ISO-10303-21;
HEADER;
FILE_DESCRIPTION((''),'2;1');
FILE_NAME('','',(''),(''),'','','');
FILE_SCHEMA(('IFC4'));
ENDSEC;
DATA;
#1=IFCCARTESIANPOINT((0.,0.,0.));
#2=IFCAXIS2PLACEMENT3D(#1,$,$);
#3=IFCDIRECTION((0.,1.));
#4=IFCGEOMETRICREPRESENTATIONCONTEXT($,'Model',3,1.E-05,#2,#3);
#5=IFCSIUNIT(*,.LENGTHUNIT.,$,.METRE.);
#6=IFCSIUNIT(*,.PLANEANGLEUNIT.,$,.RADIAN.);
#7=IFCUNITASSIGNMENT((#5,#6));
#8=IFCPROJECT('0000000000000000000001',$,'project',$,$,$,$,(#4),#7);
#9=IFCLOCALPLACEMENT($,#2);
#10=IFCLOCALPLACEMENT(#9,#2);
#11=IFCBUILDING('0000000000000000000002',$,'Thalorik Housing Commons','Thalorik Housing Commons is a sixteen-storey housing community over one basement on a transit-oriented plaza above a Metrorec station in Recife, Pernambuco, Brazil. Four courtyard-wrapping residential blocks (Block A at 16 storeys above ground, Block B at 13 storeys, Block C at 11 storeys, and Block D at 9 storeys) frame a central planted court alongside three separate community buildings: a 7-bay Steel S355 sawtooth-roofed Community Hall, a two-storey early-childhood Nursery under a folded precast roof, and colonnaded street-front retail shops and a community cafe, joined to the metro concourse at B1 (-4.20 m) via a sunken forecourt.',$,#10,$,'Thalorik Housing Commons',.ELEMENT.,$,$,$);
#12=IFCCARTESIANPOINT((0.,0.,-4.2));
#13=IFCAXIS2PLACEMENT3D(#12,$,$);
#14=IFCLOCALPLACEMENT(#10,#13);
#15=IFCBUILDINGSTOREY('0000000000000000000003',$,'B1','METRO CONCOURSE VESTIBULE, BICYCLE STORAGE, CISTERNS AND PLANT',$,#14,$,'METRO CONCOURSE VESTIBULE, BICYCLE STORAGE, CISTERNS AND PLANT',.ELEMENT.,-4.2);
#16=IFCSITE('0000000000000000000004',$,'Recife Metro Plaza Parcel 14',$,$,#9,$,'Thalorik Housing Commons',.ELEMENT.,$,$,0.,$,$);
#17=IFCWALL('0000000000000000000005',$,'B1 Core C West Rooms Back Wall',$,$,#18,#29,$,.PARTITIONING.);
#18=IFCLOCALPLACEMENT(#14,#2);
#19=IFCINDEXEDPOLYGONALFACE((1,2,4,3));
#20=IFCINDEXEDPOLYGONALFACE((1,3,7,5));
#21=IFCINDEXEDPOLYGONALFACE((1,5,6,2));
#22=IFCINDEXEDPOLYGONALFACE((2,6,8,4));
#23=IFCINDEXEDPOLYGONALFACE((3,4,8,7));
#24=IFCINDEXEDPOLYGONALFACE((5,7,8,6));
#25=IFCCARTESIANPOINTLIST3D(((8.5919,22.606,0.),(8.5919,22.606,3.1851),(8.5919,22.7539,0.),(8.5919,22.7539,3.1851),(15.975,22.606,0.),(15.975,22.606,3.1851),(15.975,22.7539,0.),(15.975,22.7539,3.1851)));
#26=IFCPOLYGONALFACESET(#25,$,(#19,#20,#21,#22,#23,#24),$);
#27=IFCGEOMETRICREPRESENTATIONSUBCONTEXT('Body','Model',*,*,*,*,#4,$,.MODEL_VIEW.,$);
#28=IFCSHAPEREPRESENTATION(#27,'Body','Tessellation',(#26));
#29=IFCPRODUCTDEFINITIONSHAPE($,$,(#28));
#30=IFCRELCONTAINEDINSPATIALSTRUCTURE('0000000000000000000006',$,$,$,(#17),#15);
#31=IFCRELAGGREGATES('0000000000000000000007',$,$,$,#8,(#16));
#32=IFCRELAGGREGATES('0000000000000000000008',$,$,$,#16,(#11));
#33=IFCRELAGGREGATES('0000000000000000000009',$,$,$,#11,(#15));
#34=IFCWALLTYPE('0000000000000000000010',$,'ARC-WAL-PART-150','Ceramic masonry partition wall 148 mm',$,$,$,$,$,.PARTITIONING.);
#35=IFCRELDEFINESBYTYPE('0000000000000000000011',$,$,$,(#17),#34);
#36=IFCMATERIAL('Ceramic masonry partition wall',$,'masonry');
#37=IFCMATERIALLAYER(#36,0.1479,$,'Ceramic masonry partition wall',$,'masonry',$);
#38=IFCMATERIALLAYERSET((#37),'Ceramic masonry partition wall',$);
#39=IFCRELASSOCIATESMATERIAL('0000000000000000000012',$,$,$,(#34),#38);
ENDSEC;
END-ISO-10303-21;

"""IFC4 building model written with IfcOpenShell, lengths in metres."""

from ifc_helpers import new_model, si_unit, direction, frame, frame_2d, origin, place, context, subcontext, project, spatial, rectangle, extrude, material, layer, layer_set, type_object, element, save


model = new_model("IFC4")

# Units and contexts
model_context = context("Model", 3, precision=1e-05, world=origin(), true_north=direction((0.0, 1.0)))
body_context = subcontext(model_context, "Body", "Model", "MODEL_VIEW")
ifc_project = project(units=[si_unit("LENGTHUNIT", "METRE"), si_unit("PLANEANGLEUNIT", "RADIAN")], contexts=[model_context])

# Site, building, storey
site_placement = place(None, origin())
site = spatial("IfcSite", under=ifc_project, at=site_placement, Name="Recife Metro Plaza Parcel 14", LongName="Thalorik Housing Commons", CompositionType="ELEMENT", RefElevation=0.0)
building_placement = place(site_placement, origin())
building = spatial("IfcBuilding", under=site, at=building_placement, Name="Thalorik Housing Commons", Description="Thalorik Housing Commons is a sixteen-storey housing community over one basement on a transit-oriented plaza above a Metrorec station in Recife, Pernambuco, Brazil. Four courtyard-wrapping residential blocks (Block A at 16 storeys above ground, Block B at 13 storeys, Block C at 11 storeys, and Block D at 9 storeys) frame a central planted court alongside three separate community buildings: a 7-bay Steel S355 sawtooth-roofed Community Hall, a two-storey early-childhood Nursery under a folded precast roof, and colonnaded street-front retail shops and a community cafe, joined to the metro concourse at B1 (-4.20 m) via a sunken forecourt.", LongName="Thalorik Housing Commons", CompositionType="ELEMENT")
storey_placement = place(building_placement, frame((0.0, 0.0, -4.2)))
storey = spatial("IfcBuildingStorey", under=building, at=storey_placement, Name="B1", Description="METRO CONCOURSE VESTIBULE, BICYCLE STORAGE, CISTERNS AND PLANT", LongName="METRO CONCOURSE VESTIBULE, BICYCLE STORAGE, CISTERNS AND PLANT", CompositionType="ELEMENT", Elevation=-4.2)

# Wall
ifc_material_1 = material(Name="Ceramic masonry partition wall", Category="masonry")
ifc_layer = layer(ifc_material_1, 0.1479, Name="Ceramic masonry partition wall", Category="masonry")
ifc_layer_set = layer_set([ifc_layer], Name="Ceramic masonry partition wall")
wall_type = type_object("IfcWallType", Name="ARC-WAL-PART-150", Description="Ceramic masonry partition wall 148 mm", PredefinedType="PARTITIONING", material=ifc_layer_set)
wall_placement = place(storey_placement, frame((8.592, 22.6799, 0.0), z_axis=(0.0, 0.0, 1.0), x_axis=(1.0, 0.0, 0.0)))
element("IfcWall", 1, at=wall_placement, inside=storey, type_object=wall_type, Name="B1 Core C West Rooms Back Wall", PredefinedType="PARTITIONING", context=body_context, shape_type="SweptSolid", body=[
    extrude(rectangle(XDim=7.3831, YDim=0.1479, at=frame_2d((3.6914, 0.0))), origin(), (0.0, 0.0, 1.0), 3.1851),
])

save(model, "model.ifc")
